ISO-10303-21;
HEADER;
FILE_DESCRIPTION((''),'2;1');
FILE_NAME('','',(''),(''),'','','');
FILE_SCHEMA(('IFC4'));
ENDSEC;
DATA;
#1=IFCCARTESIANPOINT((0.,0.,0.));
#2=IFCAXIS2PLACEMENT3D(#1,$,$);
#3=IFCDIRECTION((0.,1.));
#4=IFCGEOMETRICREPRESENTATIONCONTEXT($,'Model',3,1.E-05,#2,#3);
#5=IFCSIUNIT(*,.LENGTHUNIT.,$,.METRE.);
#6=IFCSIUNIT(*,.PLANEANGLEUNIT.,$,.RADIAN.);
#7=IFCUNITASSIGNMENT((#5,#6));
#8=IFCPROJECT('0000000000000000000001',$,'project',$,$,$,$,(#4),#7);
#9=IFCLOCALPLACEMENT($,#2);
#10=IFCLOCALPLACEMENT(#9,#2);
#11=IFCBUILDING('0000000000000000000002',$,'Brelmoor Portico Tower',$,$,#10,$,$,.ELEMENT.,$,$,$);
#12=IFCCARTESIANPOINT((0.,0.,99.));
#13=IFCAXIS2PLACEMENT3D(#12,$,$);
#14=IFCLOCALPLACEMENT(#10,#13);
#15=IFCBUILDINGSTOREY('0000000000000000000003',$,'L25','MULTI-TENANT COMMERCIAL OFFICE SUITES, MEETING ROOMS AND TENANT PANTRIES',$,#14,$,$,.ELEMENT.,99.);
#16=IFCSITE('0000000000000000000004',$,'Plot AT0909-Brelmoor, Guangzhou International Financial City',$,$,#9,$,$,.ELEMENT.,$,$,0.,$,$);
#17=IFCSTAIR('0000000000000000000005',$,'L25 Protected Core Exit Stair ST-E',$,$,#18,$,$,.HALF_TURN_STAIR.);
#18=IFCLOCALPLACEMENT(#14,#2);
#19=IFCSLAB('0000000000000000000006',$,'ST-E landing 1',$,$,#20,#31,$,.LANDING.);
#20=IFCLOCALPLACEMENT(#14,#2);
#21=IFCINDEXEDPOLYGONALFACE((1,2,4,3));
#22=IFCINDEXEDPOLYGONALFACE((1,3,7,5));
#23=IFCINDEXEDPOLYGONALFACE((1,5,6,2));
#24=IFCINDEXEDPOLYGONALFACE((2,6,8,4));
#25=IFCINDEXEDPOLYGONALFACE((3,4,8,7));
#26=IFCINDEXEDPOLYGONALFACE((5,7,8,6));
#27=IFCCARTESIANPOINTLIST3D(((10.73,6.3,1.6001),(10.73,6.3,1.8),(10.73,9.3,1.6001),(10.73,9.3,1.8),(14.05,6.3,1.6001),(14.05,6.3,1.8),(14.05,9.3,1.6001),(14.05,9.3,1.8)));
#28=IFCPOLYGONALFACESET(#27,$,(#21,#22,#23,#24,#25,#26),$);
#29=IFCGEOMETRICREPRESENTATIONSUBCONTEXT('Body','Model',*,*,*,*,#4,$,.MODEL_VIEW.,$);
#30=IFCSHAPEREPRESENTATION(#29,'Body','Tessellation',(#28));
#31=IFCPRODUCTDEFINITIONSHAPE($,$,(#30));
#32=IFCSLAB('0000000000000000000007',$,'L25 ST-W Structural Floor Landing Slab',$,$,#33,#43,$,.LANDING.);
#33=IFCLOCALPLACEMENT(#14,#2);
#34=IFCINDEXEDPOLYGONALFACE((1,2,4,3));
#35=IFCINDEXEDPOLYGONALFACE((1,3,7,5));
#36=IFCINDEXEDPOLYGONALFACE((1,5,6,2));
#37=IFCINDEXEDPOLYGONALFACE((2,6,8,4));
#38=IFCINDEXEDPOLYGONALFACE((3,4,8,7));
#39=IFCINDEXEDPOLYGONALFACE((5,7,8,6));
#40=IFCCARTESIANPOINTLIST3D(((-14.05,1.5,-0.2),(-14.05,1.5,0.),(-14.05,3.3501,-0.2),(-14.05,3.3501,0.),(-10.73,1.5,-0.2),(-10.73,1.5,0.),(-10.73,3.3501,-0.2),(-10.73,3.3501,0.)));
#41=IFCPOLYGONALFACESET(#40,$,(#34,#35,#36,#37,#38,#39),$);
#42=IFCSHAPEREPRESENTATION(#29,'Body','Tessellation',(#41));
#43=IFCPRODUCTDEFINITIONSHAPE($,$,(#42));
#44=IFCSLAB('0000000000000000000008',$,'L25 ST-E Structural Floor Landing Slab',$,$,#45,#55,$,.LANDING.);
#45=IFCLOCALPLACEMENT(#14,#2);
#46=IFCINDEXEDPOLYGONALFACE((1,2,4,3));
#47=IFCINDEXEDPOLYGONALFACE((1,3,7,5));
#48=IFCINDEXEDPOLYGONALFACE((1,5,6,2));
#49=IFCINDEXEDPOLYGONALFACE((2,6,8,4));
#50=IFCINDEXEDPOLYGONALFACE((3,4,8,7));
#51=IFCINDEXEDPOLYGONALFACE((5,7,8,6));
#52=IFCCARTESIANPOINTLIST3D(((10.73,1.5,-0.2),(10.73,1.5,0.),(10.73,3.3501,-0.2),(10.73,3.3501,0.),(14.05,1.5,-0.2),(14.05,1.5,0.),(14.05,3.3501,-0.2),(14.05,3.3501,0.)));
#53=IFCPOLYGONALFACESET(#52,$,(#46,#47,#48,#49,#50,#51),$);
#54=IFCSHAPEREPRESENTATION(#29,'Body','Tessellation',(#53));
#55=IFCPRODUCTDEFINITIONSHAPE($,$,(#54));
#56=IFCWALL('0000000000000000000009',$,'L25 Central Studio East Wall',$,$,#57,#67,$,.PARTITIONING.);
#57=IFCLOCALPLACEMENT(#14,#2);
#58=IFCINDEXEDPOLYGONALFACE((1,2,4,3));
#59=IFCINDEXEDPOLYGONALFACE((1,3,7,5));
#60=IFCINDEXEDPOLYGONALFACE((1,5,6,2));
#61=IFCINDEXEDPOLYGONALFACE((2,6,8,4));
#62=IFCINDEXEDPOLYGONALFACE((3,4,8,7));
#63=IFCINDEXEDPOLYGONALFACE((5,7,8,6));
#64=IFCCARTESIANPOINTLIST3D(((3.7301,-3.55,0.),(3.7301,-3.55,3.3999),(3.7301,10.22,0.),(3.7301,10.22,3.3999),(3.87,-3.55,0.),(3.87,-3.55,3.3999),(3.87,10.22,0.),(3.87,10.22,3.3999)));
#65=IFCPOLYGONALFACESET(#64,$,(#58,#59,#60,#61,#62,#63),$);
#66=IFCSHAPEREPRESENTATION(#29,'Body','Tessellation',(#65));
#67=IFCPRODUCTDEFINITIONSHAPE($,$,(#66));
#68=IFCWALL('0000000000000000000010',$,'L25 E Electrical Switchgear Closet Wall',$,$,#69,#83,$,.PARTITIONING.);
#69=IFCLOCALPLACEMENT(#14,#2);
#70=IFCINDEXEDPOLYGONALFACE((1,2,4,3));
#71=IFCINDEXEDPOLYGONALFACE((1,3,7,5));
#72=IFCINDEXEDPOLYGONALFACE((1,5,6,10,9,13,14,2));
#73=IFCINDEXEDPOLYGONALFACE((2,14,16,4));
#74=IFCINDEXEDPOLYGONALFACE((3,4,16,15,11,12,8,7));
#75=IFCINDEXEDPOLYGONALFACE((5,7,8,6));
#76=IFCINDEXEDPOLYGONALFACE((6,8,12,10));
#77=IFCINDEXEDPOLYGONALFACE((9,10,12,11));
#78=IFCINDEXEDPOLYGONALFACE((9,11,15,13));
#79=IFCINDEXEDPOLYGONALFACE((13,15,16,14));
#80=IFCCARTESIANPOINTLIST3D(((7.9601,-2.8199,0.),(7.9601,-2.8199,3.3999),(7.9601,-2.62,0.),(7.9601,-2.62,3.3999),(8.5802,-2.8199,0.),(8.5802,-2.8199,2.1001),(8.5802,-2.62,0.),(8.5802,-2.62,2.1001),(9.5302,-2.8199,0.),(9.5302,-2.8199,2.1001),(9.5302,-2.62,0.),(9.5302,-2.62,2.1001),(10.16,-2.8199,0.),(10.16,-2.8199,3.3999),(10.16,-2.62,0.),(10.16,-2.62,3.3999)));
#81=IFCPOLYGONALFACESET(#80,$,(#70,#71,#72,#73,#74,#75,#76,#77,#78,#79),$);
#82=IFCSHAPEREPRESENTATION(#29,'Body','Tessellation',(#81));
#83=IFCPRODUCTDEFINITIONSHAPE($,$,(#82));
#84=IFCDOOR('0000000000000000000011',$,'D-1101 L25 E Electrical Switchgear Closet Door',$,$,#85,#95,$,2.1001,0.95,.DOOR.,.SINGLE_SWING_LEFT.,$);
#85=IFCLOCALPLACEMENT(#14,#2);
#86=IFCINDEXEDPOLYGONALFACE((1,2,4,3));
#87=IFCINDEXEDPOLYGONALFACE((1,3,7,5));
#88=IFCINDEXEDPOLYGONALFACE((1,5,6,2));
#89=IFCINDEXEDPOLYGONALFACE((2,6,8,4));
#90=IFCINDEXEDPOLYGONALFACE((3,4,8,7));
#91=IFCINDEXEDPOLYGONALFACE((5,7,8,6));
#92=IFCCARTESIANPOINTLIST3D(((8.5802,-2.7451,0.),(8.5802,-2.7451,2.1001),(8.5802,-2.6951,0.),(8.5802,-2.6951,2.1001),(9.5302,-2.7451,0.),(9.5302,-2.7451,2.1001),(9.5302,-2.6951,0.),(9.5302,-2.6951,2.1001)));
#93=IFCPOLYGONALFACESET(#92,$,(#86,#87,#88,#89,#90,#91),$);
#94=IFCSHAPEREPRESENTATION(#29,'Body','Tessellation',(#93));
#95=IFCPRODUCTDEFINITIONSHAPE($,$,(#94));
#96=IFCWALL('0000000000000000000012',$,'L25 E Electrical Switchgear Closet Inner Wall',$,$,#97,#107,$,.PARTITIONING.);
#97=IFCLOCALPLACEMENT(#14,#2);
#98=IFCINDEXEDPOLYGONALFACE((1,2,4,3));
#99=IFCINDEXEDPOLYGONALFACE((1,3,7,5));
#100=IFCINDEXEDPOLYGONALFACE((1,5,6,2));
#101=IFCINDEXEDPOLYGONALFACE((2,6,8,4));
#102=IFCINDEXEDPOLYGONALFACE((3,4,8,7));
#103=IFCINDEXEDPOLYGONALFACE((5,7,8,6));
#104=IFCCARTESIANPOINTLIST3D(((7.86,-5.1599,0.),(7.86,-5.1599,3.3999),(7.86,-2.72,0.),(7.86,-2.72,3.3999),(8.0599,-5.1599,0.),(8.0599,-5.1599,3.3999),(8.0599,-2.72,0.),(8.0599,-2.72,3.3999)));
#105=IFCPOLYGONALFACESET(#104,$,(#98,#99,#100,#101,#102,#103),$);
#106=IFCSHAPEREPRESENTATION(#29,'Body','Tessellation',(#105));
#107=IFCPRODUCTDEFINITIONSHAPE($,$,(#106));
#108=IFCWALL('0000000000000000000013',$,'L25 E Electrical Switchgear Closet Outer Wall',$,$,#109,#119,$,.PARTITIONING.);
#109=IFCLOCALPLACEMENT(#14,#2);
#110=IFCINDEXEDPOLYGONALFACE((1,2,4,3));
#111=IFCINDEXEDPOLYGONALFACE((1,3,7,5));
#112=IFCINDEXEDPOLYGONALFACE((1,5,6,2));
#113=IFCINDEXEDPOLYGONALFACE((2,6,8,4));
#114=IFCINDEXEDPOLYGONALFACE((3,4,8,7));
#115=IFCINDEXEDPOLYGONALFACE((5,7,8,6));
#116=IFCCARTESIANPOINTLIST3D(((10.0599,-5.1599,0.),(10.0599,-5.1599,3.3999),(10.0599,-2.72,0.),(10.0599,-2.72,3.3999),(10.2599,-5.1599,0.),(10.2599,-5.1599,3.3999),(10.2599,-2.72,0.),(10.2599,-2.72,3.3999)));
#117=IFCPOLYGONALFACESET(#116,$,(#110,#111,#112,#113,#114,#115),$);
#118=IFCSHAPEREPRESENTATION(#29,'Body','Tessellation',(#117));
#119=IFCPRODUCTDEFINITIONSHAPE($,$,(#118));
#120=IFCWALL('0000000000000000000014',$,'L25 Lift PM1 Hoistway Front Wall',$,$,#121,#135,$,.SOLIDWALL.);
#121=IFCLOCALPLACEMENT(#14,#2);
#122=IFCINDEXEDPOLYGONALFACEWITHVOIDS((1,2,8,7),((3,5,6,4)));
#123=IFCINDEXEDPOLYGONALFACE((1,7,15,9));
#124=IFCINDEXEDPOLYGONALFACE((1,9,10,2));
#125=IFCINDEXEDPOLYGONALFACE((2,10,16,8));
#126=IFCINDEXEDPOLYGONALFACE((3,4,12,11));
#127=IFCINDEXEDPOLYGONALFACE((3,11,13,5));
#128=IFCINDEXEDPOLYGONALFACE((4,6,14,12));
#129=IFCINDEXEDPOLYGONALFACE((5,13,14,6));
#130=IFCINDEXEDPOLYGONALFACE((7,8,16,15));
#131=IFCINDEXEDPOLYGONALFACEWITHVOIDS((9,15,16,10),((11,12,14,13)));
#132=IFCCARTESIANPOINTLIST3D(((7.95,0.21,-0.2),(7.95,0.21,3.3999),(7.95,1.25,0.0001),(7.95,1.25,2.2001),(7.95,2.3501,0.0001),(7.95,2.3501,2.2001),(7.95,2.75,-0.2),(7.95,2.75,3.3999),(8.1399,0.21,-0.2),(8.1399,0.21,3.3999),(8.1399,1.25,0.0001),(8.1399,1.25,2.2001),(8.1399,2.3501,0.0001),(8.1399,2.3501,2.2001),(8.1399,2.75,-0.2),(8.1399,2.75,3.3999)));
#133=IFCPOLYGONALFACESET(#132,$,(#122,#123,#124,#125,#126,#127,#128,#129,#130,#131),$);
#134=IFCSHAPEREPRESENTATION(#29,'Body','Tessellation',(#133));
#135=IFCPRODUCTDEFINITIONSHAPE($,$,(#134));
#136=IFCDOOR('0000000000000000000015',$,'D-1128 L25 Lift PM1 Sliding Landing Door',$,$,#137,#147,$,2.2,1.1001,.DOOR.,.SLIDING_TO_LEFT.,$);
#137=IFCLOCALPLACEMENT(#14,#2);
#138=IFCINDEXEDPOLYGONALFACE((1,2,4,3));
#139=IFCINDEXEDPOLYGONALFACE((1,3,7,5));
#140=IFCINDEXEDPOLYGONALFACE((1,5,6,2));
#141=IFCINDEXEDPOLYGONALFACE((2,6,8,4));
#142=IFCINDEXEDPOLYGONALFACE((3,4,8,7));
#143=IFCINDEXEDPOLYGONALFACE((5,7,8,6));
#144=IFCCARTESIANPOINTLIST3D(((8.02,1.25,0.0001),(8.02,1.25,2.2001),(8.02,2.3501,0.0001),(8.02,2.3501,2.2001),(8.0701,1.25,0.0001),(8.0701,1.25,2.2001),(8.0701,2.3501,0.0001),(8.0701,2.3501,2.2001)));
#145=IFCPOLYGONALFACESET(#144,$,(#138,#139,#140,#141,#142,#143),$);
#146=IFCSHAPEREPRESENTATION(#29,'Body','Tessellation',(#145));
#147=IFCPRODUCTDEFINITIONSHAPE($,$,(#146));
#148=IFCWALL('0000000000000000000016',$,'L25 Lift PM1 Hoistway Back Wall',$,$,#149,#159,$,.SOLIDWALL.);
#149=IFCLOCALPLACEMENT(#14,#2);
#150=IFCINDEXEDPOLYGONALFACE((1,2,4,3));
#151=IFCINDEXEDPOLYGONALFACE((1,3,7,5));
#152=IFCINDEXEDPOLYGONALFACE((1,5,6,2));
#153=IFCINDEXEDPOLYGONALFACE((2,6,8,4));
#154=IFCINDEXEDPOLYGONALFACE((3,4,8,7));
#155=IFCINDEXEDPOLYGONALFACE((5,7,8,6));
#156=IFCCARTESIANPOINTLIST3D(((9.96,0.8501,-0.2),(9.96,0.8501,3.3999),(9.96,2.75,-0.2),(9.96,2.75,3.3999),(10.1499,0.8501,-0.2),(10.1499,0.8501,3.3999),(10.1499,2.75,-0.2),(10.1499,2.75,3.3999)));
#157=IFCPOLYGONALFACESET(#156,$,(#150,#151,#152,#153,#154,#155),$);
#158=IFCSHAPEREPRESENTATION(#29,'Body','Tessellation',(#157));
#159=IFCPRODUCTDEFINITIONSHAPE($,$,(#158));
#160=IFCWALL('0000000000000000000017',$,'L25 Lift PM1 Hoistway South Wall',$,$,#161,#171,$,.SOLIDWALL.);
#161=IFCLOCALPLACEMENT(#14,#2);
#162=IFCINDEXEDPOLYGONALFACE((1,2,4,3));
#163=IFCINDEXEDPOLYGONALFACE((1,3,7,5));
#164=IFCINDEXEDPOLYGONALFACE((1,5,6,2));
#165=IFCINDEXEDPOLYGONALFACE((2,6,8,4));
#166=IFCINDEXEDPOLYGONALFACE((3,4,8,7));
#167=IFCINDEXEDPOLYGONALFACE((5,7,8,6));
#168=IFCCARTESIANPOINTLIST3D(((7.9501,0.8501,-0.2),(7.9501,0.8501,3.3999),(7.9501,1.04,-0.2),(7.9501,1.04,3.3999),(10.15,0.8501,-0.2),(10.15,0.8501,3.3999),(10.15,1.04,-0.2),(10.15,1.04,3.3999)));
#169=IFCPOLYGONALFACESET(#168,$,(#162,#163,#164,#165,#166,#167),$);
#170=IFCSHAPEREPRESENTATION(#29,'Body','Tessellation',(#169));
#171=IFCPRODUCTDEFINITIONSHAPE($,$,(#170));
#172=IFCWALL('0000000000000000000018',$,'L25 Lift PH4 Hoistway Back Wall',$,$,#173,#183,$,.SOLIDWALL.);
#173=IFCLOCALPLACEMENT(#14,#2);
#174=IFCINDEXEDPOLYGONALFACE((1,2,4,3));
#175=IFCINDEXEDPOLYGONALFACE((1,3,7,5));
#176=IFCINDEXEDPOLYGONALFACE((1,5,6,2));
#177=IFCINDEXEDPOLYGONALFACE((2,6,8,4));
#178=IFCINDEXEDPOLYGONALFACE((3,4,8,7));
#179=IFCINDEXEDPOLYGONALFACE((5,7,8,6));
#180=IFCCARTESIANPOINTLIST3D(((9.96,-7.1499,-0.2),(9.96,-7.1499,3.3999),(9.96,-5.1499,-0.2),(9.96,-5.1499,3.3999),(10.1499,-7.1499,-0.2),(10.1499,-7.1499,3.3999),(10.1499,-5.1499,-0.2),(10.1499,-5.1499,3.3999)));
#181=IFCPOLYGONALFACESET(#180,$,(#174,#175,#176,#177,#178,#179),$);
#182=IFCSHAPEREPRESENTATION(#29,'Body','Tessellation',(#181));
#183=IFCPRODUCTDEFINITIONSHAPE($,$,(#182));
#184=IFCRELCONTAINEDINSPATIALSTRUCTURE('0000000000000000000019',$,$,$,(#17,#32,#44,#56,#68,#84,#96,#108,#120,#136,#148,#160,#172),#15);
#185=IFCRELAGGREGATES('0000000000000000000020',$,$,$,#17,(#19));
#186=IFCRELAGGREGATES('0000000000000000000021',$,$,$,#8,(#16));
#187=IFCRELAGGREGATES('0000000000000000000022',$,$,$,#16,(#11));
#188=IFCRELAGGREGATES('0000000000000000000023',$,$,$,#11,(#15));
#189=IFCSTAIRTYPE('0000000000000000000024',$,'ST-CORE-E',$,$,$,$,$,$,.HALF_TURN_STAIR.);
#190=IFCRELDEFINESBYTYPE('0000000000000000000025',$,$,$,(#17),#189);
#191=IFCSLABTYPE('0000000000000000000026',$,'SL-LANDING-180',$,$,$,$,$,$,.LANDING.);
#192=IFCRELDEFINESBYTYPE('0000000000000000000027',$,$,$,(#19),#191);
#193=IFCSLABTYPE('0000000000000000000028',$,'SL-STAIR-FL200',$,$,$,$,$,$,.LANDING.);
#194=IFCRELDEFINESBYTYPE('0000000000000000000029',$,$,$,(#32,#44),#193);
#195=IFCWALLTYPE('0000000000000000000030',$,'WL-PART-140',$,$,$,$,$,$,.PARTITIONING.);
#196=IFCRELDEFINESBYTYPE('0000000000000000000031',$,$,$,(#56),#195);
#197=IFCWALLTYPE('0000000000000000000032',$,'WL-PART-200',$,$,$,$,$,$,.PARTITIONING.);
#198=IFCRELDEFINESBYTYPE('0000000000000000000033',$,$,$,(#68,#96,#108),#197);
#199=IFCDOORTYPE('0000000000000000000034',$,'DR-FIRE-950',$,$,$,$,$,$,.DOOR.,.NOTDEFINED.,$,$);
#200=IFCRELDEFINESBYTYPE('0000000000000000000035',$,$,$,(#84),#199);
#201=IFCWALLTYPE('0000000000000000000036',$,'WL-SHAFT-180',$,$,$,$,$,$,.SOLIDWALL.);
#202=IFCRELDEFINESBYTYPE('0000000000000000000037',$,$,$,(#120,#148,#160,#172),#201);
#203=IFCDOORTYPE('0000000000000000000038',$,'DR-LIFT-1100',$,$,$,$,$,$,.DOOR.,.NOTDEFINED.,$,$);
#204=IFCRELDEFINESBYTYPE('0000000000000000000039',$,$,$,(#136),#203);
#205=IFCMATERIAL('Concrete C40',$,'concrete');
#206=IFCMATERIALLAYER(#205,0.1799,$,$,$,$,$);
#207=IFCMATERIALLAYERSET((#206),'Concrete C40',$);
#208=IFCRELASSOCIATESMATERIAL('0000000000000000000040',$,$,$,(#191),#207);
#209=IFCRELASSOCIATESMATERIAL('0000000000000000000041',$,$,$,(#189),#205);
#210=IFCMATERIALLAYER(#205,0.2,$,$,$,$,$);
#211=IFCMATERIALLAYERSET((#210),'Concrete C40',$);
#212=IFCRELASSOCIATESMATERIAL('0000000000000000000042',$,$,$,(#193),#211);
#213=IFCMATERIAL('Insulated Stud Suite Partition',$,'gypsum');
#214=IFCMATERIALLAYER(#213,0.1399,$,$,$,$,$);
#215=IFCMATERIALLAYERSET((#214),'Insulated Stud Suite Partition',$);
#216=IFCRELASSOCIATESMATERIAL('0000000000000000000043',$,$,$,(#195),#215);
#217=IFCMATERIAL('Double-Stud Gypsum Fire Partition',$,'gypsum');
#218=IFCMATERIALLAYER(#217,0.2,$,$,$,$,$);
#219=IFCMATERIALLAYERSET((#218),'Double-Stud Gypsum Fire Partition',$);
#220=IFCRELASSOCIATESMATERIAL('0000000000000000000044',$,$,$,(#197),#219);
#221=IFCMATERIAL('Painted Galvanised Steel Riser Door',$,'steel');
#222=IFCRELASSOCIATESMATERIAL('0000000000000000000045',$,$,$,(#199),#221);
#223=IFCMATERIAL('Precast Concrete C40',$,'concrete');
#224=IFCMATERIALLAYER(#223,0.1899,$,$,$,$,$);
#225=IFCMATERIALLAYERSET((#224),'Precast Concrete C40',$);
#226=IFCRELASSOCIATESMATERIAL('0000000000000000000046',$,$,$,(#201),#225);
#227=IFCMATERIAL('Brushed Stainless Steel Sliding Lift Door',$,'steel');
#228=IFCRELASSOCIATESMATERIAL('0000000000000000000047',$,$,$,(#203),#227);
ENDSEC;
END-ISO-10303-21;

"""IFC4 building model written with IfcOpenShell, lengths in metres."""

from ifc_helpers import new_model, si_unit, direction, frame, frame_2d, origin, place, context, subcontext, project, spatial, polyline, rectangle, outline, extrude, material, layer, layer_set, type_object, element, fill, aggregate, save


model = new_model("IFC4")

# Units and contexts
model_context = context("Model", 3, precision=1e-05, world=origin(), true_north=direction((0.0, 1.0)))
body_context = subcontext(model_context, "Body", "Model", "MODEL_VIEW")
ifc_project = project(units=[si_unit("LENGTHUNIT", "METRE"), si_unit("PLANEANGLEUNIT", "RADIAN")], contexts=[model_context])

# Site, building, storey
site_placement = place(None, origin())
site = spatial("IfcSite", under=ifc_project, at=site_placement, Name="Plot AT0909-Brelmoor, Guangzhou International Financial City", CompositionType="ELEMENT", RefElevation=0.0)
building_placement = place(site_placement, origin())
building = spatial("IfcBuilding", under=site, at=building_placement, Name="Brelmoor Portico Tower", CompositionType="ELEMENT")
storey_placement = place(building_placement, frame((0.0, 0.0, 99.0)))
storey = spatial("IfcBuildingStorey", under=building, at=storey_placement, Name="L25", Description="MULTI-TENANT COMMERCIAL OFFICE SUITES, MEETING ROOMS AND TENANT PANTRIES", CompositionType="ELEMENT", Elevation=99.0)

# Shared definitions
ifc_material_1 = material(Name="Concrete C40", Category="concrete")

# Stair, slab
ifc_layer_1 = layer(ifc_material_1, 0.1799)
ifc_layer_set_1 = layer_set([ifc_layer_1], Name="Concrete C40")
slab_type_1 = type_object("IfcSlabType", Name="SL-LANDING-180", PredefinedType="LANDING", material=ifc_layer_set_1)
stair_type_1 = type_object("IfcStairType", Name="ST-CORE-E", PredefinedType="HALF_TURN_STAIR", material=ifc_material_1)
stair_1_placement = place(storey_placement, origin())
stair_1 = element("IfcStair", 1, at=stair_1_placement, inside=storey, type_object=stair_type_1, Name="L25 Protected Core Exit Stair ST-E", PredefinedType="HALF_TURN_STAIR")
slab_1_placement = place(storey_placement, frame((0.0, 0.0, 1.6001)))
slab_1 = element("IfcSlab", 2, at=slab_1_placement, type_object=slab_type_1, Name="ST-E landing 1", PredefinedType="LANDING", context=body_context, shape_type="SweptSolid", body=[
    extrude(outline(polyline([(14.05, 6.3), (14.05, 9.3), (10.73, 9.3), (10.73, 6.3), (14.05, 6.3)])), origin(), (0.0, 0.0, 1.0), 0.2),
])
aggregate(stair_1, [slab_1])

# Slabs
ifc_layer_2 = layer(ifc_material_1, 0.2)
ifc_layer_set_2 = layer_set([ifc_layer_2], Name="Concrete C40")
slab_type_2 = type_object("IfcSlabType", Name="SL-STAIR-FL200", PredefinedType="LANDING", material=ifc_layer_set_2)
slab_2_placement = place(storey_placement, frame((0.0, 0.0, -0.2)))
element("IfcSlab", 3, at=slab_2_placement, inside=storey, type_object=slab_type_2, Name="L25 ST-W Structural Floor Landing Slab", PredefinedType="LANDING", context=body_context, shape_type="SweptSolid", body=[
    extrude(outline(polyline([(-10.73, 1.5), (-10.73, 3.3501), (-14.05, 3.3501), (-14.05, 1.5), (-10.73, 1.5)])), origin(), (0.0, 0.0, 1.0), 0.2),
])
slab_3_placement = place(storey_placement, frame((0.0, 0.0, -0.2)))
element("IfcSlab", 4, at=slab_3_placement, inside=storey, type_object=slab_type_2, Name="L25 ST-E Structural Floor Landing Slab", PredefinedType="LANDING", context=body_context, shape_type="SweptSolid", body=[
    extrude(outline(polyline([(14.05, 1.5), (14.05, 3.3501), (10.73, 3.3501), (10.73, 1.5), (14.05, 1.5)])), origin(), (0.0, 0.0, 1.0), 0.2),
])

# Wall
ifc_material_2 = material(Name="Insulated Stud Suite Partition", Category="gypsum")
ifc_layer_3 = layer(ifc_material_2, 0.1399)
ifc_layer_set_3 = layer_set([ifc_layer_3], Name="Insulated Stud Suite Partition")
wall_type_1 = type_object("IfcWallType", Name="WL-PART-140", PredefinedType="PARTITIONING", material=ifc_layer_set_3)
wall_1_placement = place(storey_placement, frame((3.8, -3.55, 0.0), z_axis=(0.0, 0.0, 1.0), x_axis=(0.0, 1.0, 0.0)))
element("IfcWall", 5, at=wall_1_placement, inside=storey, type_object=wall_type_1, Name="L25 Central Studio East Wall", PredefinedType="PARTITIONING", context=body_context, shape_type="SweptSolid", body=[
    extrude(rectangle(XDim=13.77, YDim=0.1399, at=frame_2d((6.885, 0.0))), origin(), (0.0, 0.0, 1.0), 3.3999),
])

# Wall, opening, door
ifc_material_3 = material(Name="Double-Stud Gypsum Fire Partition", Category="gypsum")
ifc_layer_4 = layer(ifc_material_3, 0.2)
ifc_layer_set_4 = layer_set([ifc_layer_4], Name="Double-Stud Gypsum Fire Partition")
wall_type_2 = type_object("IfcWallType", Name="WL-PART-200", PredefinedType="PARTITIONING", material=ifc_layer_set_4)
wall_2_placement = place(storey_placement, frame((7.96, -2.72, 0.0), z_axis=(0.0, 0.0, 1.0), x_axis=(1.0, 0.0, 0.0)))
wall_2 = element("IfcWall", 6, at=wall_2_placement, inside=storey, type_object=wall_type_2, Name="L25 E Electrical Switchgear Closet Wall", PredefinedType="PARTITIONING", context=body_context, shape_type="SweptSolid", body=[
    extrude(rectangle(XDim=2.2, YDim=0.2, at=frame_2d((1.1001, 0.0))), origin(), (0.0, 0.0, 1.0), 3.3999),
])
opening_1_placement = place(wall_2_placement, frame((0.6201, 0.0, 0.0)))
opening_1 = element("IfcOpeningElement", 7, at=opening_1_placement, cuts=wall_2, PredefinedType="OPENING", context=body_context, shape_type="SweptSolid", body=[
    extrude(rectangle(XDim=0.95, YDim=2.1001, at=frame_2d((0.4751, 1.05))), frame((0.0, 0.1099, 0.0), z_axis=(0.0, -1.0, 0.0), x_axis=(1.0, 0.0, 0.0)), (0.0, 0.0, 1.0), 0.22),
])
ifc_material_4 = material(Name="Painted Galvanised Steel Riser Door", Category="steel")
door_type_1 = type_object("IfcDoorType", Name="DR-FIRE-950", OperationType="NOTDEFINED", PredefinedType="DOOR", material=ifc_material_4)
door_1_placement = place(opening_1_placement, origin())
door_1 = element("IfcDoor", 8, at=door_1_placement, inside=storey, type_object=door_type_1, Name="D-1101 L25 E Electrical Switchgear Closet Door", OperationType="SINGLE_SWING_LEFT", OverallHeight=2.1001, OverallWidth=0.95, PredefinedType="DOOR", context=body_context, shape_type="SweptSolid", body=[
    extrude(rectangle(XDim=0.95, YDim=2.1001, at=frame_2d((0.4751, 1.05))), frame((0.0, 0.0249, 0.0), z_axis=(0.0, -1.0, 0.0), x_axis=(1.0, 0.0, 0.0)), (0.0, 0.0, 1.0), 0.05),
])
fill(opening_1, door_1)

# Walls
for number, where, z_axis, x_axis, name in (
    (9, (7.96, -5.1599, 0.0), (0.0, 0.0, 1.0), (0.0, 1.0, 0.0), "L25 E Electrical Switchgear Closet Inner Wall"),
    (10, (10.1599, -5.1599, 0.0), (0.0, 0.0, 1.0), (0.0, 1.0, 0.0), "L25 E Electrical Switchgear Closet Outer Wall"),
):
    element("IfcWall", number, at=place(storey_placement, frame(where, z_axis=z_axis, x_axis=x_axis)), inside=storey, type_object=wall_type_2, Name=name, PredefinedType="PARTITIONING", context=body_context, shape_type="SweptSolid", body=[
        extrude(rectangle(XDim=2.4399, YDim=0.2, at=frame_2d((1.22, 0.0))), origin(), (0.0, 0.0, 1.0), 3.3999),
    ])

# Wall, opening, door
ifc_material_5 = material(Name="Precast Concrete C40", Category="concrete")
ifc_layer_5 = layer(ifc_material_5, 0.1899)
ifc_layer_set_5 = layer_set([ifc_layer_5], Name="Precast Concrete C40")
wall_type_3 = type_object("IfcWallType", Name="WL-SHAFT-180", PredefinedType="SOLIDWALL", material=ifc_layer_set_5)
wall_3_placement = place(storey_placement, frame((8.0449, 0.21, -0.2), z_axis=(0.0, 0.0, 1.0), x_axis=(0.0, 1.0, 0.0)))
wall_3 = element("IfcWall", 11, at=wall_3_placement, inside=storey, type_object=wall_type_3, Name="L25 Lift PM1 Hoistway Front Wall", PredefinedType="SOLIDWALL", context=body_context, shape_type="SweptSolid", body=[
    extrude(rectangle(XDim=2.54, YDim=0.1899, at=frame_2d((1.27, 0.0))), origin(), (0.0, 0.0, 1.0), 3.5999),
])
opening_2_placement = place(wall_3_placement, frame((1.04, 0.0, 0.2)))
opening_2 = element("IfcOpeningElement", 12, at=opening_2_placement, cuts=wall_3, PredefinedType="OPENING", context=body_context, shape_type="SweptSolid", body=[
    extrude(rectangle(XDim=1.1001, YDim=2.2, at=frame_2d((0.55, 1.1001))), frame((0.0, 0.105, 0.0), z_axis=(0.0, -1.0, 0.0), x_axis=(1.0, 0.0, 0.0)), (0.0, 0.0, 1.0), 0.21),
])
ifc_material_6 = material(Name="Brushed Stainless Steel Sliding Lift Door", Category="steel")
door_type_2 = type_object("IfcDoorType", Name="DR-LIFT-1100", OperationType="NOTDEFINED", PredefinedType="DOOR", material=ifc_material_6)
door_2_placement = place(opening_2_placement, origin())
door_2 = element("IfcDoor", 13, at=door_2_placement, inside=storey, type_object=door_type_2, Name="D-1128 L25 Lift PM1 Sliding Landing Door", OperationType="SLIDING_TO_LEFT", OverallHeight=2.2, OverallWidth=1.1001, PredefinedType="DOOR", context=body_context, shape_type="SweptSolid", body=[
    extrude(rectangle(XDim=1.1001, YDim=2.2, at=frame_2d((0.55, 1.1001))), frame((0.0, 0.0249, 0.0), z_axis=(0.0, -1.0, 0.0), x_axis=(1.0, 0.0, 0.0)), (0.0, 0.0, 1.0), 0.05),
])
fill(opening_2, door_2)

# Walls
wall_4_placement = place(storey_placement, frame((10.0549, 0.8501, -0.2), z_axis=(0.0, 0.0, 1.0), x_axis=(0.0, 1.0, 0.0)))
element("IfcWall", 14, at=wall_4_placement, inside=storey, type_object=wall_type_3, Name="L25 Lift PM1 Hoistway Back Wall", PredefinedType="SOLIDWALL", context=body_context, shape_type="SweptSolid", body=[
    extrude(rectangle(XDim=1.8999, YDim=0.1899, at=frame_2d((0.95, 0.0))), origin(), (0.0, 0.0, 1.0), 3.5999),
])
wall_5_placement = place(storey_placement, frame((7.95, 0.9451, -0.2), z_axis=(0.0, 0.0, 1.0), x_axis=(1.0, 0.0, 0.0)))
element("IfcWall", 15, at=wall_5_placement, inside=storey, type_object=wall_type_3, Name="L25 Lift PM1 Hoistway South Wall", PredefinedType="SOLIDWALL", context=body_context, shape_type="SweptSolid", body=[
    extrude(rectangle(XDim=2.2, YDim=0.1899, at=frame_2d((1.1001, 0.0))), origin(), (0.0, 0.0, 1.0), 3.5999),
])
wall_6_placement = place(storey_placement, frame((10.0549, -7.1499, -0.2), z_axis=(0.0, 0.0, 1.0), x_axis=(0.0, 1.0, 0.0)))
element("IfcWall", 16, at=wall_6_placement, inside=storey, type_object=wall_type_3, Name="L25 Lift PH4 Hoistway Back Wall", PredefinedType="SOLIDWALL", context=body_context, shape_type="SweptSolid", body=[
    extrude(rectangle(XDim=2.0, YDim=0.1899, at=frame_2d((1.0, 0.0))), origin(), (0.0, 0.0, 1.0), 3.5999),
])

save(model, "model.ifc")
